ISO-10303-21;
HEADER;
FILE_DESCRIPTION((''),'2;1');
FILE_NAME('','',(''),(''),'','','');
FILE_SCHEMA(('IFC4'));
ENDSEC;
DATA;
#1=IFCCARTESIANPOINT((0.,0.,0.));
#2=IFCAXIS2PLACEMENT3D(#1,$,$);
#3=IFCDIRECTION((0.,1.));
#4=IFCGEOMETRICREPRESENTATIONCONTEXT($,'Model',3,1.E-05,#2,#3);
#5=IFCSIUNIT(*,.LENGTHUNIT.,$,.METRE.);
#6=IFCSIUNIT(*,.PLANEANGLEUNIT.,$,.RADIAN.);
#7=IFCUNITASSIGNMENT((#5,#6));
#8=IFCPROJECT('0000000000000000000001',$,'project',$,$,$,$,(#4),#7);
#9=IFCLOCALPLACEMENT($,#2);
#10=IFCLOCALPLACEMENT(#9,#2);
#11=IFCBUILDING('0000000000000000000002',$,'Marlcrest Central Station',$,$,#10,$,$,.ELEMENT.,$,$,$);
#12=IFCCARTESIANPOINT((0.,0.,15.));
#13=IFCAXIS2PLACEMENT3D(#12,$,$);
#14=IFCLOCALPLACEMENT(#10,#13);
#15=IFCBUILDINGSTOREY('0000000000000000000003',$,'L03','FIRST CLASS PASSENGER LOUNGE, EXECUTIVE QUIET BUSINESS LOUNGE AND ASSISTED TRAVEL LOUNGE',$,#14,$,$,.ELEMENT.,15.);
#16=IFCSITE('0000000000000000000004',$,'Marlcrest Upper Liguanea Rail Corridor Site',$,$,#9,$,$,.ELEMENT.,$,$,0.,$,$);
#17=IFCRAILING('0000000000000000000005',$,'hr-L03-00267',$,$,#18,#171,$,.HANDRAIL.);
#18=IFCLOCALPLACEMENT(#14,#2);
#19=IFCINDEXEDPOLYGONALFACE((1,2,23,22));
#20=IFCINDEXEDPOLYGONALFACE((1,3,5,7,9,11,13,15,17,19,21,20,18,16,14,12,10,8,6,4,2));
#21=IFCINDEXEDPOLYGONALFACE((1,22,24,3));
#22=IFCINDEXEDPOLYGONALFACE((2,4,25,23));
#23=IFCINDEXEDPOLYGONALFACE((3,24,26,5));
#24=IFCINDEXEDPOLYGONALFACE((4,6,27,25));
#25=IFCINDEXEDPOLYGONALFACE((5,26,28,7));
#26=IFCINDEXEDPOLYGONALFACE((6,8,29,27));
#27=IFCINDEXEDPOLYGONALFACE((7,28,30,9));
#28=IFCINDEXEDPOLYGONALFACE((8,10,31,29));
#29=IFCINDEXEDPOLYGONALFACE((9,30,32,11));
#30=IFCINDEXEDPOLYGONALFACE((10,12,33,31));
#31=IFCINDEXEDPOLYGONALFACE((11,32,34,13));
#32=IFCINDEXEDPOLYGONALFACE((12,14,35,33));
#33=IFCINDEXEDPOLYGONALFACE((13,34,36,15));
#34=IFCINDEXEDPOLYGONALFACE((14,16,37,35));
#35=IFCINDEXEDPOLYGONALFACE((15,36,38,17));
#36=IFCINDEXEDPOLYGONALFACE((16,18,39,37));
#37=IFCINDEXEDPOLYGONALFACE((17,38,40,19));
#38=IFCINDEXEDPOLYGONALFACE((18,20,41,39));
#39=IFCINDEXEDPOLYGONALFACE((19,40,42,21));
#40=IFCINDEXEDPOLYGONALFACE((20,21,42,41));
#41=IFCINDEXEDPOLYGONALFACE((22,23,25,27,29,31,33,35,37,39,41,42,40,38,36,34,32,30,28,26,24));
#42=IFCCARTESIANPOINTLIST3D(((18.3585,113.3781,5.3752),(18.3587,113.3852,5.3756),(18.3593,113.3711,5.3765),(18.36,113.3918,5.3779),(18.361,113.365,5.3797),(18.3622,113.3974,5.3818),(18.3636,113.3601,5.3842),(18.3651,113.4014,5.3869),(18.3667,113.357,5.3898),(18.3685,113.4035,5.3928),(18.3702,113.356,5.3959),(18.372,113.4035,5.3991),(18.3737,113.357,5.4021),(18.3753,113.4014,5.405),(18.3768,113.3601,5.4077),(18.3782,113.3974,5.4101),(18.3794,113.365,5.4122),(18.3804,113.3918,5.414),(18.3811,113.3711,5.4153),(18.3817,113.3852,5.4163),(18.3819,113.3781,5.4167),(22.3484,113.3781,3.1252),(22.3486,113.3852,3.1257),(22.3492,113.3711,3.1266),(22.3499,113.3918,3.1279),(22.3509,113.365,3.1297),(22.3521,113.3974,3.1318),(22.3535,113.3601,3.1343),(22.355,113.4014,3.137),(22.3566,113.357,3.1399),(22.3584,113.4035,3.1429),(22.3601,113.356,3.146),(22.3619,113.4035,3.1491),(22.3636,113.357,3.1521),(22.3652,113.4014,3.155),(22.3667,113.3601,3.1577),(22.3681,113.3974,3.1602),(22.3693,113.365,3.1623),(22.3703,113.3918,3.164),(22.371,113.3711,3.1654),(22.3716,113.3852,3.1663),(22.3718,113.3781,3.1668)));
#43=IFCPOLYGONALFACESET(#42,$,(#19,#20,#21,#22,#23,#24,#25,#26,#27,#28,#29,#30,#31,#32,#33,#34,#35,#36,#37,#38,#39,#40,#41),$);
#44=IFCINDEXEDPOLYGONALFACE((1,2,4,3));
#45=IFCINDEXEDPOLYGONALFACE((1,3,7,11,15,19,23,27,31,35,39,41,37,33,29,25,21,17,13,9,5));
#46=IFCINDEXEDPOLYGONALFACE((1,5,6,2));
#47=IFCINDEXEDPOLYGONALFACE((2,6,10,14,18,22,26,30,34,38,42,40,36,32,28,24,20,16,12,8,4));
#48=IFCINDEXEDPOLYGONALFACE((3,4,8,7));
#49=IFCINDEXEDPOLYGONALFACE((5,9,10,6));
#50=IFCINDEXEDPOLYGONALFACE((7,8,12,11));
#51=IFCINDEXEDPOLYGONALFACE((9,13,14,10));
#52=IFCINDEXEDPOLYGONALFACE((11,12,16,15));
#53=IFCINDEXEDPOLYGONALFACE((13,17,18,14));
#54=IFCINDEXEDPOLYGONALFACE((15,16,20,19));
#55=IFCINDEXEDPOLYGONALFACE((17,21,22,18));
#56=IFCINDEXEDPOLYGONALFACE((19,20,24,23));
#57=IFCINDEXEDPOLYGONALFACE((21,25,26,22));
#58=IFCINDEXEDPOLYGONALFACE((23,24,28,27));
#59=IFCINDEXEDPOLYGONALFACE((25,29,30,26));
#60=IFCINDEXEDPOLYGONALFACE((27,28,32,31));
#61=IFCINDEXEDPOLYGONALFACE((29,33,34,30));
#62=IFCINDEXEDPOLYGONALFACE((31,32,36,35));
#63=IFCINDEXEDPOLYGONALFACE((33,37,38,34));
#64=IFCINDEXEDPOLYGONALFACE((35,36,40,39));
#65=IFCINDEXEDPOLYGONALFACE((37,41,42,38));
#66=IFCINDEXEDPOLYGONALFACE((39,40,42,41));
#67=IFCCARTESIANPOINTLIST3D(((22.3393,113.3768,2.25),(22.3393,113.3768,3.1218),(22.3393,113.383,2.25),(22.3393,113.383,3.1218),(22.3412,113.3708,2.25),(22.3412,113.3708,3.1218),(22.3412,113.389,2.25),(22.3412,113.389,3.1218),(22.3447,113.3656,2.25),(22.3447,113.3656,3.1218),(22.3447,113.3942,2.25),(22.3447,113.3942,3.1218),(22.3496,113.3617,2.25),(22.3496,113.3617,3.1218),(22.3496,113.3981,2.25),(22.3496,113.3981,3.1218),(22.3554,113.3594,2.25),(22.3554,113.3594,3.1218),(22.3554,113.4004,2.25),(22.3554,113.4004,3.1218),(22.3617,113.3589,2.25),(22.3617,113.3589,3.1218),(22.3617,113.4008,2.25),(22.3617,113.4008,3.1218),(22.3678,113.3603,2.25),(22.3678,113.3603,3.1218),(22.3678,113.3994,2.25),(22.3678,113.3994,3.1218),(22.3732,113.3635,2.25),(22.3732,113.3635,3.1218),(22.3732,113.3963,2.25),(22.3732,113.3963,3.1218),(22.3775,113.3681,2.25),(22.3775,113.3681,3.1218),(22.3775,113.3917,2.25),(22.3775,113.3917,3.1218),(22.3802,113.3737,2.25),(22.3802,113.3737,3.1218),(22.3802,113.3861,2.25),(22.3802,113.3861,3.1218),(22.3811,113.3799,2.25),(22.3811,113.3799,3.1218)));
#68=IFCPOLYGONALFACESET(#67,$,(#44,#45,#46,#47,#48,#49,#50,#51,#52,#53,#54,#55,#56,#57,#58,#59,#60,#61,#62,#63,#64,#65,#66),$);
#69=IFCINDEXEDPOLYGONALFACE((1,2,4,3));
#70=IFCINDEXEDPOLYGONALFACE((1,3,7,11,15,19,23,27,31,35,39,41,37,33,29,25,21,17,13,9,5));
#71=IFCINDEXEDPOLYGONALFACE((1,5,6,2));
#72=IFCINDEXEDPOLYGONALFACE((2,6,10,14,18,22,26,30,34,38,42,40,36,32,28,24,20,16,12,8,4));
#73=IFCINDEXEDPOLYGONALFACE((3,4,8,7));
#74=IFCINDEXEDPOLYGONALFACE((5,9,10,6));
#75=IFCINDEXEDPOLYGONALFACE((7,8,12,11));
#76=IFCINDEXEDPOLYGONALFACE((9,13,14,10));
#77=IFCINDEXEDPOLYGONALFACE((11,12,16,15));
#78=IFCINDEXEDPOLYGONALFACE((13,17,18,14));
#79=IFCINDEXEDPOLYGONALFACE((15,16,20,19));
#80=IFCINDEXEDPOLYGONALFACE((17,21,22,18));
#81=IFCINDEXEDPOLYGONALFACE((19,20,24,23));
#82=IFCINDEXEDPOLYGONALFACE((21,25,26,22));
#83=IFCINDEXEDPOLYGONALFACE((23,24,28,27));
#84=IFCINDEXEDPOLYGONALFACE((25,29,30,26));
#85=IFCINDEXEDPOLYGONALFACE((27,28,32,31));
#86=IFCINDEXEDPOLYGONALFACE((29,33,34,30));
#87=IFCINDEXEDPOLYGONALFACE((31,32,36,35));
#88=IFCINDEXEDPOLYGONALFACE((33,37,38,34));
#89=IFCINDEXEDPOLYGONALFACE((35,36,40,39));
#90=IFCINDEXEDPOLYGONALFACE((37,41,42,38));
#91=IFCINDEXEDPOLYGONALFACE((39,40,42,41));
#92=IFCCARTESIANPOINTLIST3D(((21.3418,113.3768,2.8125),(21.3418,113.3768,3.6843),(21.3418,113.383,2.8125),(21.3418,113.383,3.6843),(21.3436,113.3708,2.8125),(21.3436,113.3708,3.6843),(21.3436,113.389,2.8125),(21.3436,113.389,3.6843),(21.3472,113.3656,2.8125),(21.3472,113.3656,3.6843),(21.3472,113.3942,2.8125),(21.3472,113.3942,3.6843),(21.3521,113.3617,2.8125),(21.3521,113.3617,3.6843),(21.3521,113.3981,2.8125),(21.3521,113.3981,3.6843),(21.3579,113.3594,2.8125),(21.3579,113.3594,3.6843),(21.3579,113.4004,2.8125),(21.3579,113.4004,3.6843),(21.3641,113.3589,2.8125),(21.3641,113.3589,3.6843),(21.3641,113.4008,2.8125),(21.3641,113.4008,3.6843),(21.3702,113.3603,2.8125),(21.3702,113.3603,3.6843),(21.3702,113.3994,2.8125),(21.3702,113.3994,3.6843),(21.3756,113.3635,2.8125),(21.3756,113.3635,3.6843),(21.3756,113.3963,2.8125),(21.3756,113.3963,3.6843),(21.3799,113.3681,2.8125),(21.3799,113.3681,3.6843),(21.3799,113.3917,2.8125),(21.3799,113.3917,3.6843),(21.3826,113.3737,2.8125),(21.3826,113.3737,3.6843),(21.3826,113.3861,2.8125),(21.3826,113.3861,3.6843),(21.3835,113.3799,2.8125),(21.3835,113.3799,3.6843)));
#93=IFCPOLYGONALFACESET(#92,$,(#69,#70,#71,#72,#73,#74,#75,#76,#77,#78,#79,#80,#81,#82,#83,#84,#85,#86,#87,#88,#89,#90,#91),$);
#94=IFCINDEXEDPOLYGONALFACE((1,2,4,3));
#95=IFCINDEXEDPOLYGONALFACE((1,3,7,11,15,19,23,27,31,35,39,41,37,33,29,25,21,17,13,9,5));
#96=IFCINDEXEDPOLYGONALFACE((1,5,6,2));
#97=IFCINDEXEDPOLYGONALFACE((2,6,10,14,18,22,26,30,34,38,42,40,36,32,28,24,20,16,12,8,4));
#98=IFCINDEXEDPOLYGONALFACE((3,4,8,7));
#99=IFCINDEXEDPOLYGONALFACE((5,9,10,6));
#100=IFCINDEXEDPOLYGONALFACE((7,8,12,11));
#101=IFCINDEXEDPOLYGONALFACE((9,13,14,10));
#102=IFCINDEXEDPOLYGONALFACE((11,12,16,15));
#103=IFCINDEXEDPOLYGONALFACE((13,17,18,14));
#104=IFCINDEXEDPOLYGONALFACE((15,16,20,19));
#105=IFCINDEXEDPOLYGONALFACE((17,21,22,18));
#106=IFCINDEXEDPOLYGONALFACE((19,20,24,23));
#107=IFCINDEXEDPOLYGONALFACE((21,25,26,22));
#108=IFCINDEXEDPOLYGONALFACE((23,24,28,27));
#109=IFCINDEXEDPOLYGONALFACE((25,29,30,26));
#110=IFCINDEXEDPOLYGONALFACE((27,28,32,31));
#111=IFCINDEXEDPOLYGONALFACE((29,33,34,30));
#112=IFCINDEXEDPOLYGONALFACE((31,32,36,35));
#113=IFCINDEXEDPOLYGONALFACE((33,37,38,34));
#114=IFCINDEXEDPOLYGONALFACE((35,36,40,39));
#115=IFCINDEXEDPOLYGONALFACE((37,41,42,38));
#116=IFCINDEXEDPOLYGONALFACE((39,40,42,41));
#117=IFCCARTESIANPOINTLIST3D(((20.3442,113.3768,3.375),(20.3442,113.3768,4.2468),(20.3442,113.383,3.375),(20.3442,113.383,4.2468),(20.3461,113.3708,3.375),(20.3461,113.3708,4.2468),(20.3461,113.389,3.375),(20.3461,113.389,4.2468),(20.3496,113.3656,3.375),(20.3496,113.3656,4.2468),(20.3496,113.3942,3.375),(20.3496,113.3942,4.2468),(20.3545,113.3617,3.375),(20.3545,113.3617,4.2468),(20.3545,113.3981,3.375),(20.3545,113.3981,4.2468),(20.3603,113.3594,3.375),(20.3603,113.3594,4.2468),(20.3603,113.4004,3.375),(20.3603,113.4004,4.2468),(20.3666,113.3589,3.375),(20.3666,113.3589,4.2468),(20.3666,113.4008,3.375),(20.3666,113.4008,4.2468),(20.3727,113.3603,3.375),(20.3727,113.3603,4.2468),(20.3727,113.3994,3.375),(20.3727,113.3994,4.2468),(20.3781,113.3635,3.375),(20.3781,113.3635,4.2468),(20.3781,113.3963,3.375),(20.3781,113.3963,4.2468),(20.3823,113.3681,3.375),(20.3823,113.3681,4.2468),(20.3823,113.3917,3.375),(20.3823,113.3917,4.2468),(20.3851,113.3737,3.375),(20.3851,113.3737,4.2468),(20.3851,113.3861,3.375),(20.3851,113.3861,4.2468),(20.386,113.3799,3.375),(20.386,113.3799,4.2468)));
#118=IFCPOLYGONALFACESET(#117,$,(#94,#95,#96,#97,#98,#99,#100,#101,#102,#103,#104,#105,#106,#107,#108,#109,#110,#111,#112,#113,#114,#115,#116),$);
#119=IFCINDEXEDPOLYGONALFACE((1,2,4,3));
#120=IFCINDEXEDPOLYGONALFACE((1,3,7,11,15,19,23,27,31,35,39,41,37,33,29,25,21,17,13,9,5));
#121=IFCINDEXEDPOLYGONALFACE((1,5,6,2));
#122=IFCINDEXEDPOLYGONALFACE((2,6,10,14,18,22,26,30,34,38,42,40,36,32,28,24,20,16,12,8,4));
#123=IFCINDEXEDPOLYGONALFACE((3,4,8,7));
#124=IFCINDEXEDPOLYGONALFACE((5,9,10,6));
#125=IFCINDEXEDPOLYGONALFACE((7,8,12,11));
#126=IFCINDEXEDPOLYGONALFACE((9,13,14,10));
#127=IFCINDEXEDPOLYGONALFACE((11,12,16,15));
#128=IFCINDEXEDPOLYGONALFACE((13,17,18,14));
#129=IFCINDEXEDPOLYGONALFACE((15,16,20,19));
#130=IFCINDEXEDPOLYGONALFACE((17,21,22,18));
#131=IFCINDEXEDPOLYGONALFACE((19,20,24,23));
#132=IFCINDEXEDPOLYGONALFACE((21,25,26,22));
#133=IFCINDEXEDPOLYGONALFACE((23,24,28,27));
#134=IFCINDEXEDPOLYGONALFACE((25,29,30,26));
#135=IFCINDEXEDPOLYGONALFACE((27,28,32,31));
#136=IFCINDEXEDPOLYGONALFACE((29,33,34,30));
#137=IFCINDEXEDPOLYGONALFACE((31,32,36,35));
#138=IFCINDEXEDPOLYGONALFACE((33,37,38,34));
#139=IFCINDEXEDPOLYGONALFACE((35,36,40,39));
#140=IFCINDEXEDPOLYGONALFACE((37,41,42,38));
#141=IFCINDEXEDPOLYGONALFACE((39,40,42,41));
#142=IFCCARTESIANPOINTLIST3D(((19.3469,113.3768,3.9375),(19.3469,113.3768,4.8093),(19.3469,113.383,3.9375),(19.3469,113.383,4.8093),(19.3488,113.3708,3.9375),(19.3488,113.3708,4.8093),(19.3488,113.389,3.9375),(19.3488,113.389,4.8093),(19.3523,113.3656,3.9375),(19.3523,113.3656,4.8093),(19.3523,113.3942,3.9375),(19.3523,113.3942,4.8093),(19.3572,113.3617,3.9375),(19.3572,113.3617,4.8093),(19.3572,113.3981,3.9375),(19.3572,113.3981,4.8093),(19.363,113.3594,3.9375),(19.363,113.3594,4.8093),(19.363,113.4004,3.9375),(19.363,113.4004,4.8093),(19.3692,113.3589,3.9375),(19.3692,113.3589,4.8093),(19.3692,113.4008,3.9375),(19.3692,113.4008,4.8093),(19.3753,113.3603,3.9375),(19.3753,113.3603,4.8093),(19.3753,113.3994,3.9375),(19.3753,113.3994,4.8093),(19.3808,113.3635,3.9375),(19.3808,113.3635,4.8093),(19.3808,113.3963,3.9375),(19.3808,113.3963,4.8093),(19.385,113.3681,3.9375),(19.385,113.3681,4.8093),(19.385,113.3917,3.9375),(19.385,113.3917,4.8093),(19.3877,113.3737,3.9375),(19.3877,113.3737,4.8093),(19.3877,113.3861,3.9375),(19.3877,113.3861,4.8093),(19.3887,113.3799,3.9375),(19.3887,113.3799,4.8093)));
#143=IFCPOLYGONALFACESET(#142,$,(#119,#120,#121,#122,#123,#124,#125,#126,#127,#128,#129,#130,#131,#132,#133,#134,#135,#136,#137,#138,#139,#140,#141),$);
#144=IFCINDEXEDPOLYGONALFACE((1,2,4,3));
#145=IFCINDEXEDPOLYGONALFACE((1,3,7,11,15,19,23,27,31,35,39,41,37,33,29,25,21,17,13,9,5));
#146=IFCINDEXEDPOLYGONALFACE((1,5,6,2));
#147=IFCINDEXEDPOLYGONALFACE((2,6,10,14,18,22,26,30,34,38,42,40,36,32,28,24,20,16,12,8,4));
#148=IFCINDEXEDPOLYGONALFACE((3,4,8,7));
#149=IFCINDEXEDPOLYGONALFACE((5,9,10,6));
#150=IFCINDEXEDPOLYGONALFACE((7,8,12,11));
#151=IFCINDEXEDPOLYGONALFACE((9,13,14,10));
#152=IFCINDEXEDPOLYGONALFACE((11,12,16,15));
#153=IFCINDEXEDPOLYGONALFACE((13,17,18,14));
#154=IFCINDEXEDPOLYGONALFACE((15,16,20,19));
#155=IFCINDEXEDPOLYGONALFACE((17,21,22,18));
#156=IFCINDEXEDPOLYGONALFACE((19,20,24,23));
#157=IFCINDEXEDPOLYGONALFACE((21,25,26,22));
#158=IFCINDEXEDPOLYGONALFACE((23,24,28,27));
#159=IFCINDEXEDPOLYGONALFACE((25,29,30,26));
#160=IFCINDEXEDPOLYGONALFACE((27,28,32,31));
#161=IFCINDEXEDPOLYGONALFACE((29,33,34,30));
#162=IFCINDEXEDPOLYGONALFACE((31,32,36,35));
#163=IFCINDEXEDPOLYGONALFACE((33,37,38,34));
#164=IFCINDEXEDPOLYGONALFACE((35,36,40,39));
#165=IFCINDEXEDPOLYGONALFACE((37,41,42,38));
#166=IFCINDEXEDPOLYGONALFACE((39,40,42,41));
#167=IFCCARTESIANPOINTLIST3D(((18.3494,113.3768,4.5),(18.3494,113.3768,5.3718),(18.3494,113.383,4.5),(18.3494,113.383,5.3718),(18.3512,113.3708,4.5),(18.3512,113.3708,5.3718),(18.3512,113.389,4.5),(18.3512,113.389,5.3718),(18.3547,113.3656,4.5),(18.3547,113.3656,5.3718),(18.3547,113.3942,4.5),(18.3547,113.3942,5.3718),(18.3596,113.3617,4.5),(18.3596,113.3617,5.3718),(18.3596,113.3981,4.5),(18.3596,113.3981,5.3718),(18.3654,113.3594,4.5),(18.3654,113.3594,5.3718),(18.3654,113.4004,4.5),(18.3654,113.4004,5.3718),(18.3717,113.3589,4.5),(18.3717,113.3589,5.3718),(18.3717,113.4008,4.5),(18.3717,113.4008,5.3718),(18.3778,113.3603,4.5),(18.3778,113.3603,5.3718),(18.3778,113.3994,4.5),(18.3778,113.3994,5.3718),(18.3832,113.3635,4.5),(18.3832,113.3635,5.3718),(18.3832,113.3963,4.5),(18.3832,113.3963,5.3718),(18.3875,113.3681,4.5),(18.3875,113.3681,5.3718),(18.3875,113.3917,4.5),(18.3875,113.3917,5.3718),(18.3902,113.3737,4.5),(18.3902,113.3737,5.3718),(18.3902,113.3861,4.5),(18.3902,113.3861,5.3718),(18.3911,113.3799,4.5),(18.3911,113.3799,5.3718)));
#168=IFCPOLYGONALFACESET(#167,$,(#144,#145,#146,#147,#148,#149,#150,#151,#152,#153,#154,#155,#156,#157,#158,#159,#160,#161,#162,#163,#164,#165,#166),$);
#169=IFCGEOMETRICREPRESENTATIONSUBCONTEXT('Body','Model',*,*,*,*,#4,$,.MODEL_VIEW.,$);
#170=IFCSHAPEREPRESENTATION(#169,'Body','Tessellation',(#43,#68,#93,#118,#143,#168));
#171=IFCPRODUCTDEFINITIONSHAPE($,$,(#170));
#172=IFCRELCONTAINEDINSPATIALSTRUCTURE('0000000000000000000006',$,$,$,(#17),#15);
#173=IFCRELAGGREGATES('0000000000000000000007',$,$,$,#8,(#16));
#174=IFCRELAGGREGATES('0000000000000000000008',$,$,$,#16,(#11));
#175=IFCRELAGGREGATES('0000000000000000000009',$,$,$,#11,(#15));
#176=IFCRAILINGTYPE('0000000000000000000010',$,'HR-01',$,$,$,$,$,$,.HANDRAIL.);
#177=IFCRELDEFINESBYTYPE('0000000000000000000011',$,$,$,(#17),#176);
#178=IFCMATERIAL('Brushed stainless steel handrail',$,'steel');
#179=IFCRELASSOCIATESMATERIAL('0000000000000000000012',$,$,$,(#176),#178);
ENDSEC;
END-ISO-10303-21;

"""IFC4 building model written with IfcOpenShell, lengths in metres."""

from ifc_helpers import new_model, si_unit, direction, frame, origin, origin_2d, place, context, subcontext, project, spatial, circle, extrude, material, type_object, element, save


model = new_model("IFC4")

# Units and contexts
model_context = context("Model", 3, precision=1e-05, world=origin(), true_north=direction((0.0, 1.0)))
body_context = subcontext(model_context, "Body", "Model", "MODEL_VIEW")
ifc_project = project(units=[si_unit("LENGTHUNIT", "METRE"), si_unit("PLANEANGLEUNIT", "RADIAN")], contexts=[model_context])

# Site, building, storey
site_placement = place(None, origin())
site = spatial("IfcSite", under=ifc_project, at=site_placement, Name="Marlcrest Upper Liguanea Rail Corridor Site", CompositionType="ELEMENT", RefElevation=0.0)
building_placement = place(site_placement, origin())
building = spatial("IfcBuilding", under=site, at=building_placement, Name="Marlcrest Central Station", CompositionType="ELEMENT")
storey_placement = place(building_placement, frame((0.0, 0.0, 15.0)))
storey = spatial("IfcBuildingStorey", under=building, at=storey_placement, Name="L03", Description="FIRST CLASS PASSENGER LOUNGE, EXECUTIVE QUIET BUSINESS LOUNGE AND ASSISTED TRAVEL LOUNGE", CompositionType="ELEMENT", Elevation=15.0)

# Railing
ifc_material_1 = material(Name="Brushed stainless steel handrail", Category="steel")
railing_type_1 = type_object("IfcRailingType", Name="HR-01", PredefinedType="HANDRAIL", material=ifc_material_1)
railing_1_placement = place(storey_placement, frame((22.3601, 113.3799, 2.25)))
element("IfcRailing", 1, at=railing_1_placement, inside=storey, type_object=railing_type_1, Name="hr-L03-00267", PredefinedType="HANDRAIL", context=body_context, shape_type="SweptSolid", body=[
    extrude(circle(Radius=0.0239, at=origin_2d()), frame((0.0, 0.0, 0.896), z_axis=(-0.87105, 0.0, 0.491195), x_axis=(0.0, -1.0, 0.0)), (0.0, 0.0, 1.0), 4.5806),
    extrude(circle(Radius=0.021, at=origin_2d()), origin(), (0.0, 0.0, 1.0), 0.8718),
    extrude(circle(Radius=0.021, at=origin_2d()), frame((-0.9976, 0.0, 0.5625)), (0.0, 0.0, 1.0), 0.8718),
    extrude(circle(Radius=0.021, at=origin_2d()), frame((-1.9951, 0.0, 1.125)), (0.0, 0.0, 1.0), 0.8718),
    extrude(circle(Radius=0.021, at=origin_2d()), frame((-2.9924, 0.0, 1.6875)), (0.0, 0.0, 1.0), 0.8718),
    extrude(circle(Radius=0.021, at=origin_2d()), frame((-3.99, 0.0, 2.25)), (0.0, 0.0, 1.0), 0.8718),
])

save(model, "model.ifc")
